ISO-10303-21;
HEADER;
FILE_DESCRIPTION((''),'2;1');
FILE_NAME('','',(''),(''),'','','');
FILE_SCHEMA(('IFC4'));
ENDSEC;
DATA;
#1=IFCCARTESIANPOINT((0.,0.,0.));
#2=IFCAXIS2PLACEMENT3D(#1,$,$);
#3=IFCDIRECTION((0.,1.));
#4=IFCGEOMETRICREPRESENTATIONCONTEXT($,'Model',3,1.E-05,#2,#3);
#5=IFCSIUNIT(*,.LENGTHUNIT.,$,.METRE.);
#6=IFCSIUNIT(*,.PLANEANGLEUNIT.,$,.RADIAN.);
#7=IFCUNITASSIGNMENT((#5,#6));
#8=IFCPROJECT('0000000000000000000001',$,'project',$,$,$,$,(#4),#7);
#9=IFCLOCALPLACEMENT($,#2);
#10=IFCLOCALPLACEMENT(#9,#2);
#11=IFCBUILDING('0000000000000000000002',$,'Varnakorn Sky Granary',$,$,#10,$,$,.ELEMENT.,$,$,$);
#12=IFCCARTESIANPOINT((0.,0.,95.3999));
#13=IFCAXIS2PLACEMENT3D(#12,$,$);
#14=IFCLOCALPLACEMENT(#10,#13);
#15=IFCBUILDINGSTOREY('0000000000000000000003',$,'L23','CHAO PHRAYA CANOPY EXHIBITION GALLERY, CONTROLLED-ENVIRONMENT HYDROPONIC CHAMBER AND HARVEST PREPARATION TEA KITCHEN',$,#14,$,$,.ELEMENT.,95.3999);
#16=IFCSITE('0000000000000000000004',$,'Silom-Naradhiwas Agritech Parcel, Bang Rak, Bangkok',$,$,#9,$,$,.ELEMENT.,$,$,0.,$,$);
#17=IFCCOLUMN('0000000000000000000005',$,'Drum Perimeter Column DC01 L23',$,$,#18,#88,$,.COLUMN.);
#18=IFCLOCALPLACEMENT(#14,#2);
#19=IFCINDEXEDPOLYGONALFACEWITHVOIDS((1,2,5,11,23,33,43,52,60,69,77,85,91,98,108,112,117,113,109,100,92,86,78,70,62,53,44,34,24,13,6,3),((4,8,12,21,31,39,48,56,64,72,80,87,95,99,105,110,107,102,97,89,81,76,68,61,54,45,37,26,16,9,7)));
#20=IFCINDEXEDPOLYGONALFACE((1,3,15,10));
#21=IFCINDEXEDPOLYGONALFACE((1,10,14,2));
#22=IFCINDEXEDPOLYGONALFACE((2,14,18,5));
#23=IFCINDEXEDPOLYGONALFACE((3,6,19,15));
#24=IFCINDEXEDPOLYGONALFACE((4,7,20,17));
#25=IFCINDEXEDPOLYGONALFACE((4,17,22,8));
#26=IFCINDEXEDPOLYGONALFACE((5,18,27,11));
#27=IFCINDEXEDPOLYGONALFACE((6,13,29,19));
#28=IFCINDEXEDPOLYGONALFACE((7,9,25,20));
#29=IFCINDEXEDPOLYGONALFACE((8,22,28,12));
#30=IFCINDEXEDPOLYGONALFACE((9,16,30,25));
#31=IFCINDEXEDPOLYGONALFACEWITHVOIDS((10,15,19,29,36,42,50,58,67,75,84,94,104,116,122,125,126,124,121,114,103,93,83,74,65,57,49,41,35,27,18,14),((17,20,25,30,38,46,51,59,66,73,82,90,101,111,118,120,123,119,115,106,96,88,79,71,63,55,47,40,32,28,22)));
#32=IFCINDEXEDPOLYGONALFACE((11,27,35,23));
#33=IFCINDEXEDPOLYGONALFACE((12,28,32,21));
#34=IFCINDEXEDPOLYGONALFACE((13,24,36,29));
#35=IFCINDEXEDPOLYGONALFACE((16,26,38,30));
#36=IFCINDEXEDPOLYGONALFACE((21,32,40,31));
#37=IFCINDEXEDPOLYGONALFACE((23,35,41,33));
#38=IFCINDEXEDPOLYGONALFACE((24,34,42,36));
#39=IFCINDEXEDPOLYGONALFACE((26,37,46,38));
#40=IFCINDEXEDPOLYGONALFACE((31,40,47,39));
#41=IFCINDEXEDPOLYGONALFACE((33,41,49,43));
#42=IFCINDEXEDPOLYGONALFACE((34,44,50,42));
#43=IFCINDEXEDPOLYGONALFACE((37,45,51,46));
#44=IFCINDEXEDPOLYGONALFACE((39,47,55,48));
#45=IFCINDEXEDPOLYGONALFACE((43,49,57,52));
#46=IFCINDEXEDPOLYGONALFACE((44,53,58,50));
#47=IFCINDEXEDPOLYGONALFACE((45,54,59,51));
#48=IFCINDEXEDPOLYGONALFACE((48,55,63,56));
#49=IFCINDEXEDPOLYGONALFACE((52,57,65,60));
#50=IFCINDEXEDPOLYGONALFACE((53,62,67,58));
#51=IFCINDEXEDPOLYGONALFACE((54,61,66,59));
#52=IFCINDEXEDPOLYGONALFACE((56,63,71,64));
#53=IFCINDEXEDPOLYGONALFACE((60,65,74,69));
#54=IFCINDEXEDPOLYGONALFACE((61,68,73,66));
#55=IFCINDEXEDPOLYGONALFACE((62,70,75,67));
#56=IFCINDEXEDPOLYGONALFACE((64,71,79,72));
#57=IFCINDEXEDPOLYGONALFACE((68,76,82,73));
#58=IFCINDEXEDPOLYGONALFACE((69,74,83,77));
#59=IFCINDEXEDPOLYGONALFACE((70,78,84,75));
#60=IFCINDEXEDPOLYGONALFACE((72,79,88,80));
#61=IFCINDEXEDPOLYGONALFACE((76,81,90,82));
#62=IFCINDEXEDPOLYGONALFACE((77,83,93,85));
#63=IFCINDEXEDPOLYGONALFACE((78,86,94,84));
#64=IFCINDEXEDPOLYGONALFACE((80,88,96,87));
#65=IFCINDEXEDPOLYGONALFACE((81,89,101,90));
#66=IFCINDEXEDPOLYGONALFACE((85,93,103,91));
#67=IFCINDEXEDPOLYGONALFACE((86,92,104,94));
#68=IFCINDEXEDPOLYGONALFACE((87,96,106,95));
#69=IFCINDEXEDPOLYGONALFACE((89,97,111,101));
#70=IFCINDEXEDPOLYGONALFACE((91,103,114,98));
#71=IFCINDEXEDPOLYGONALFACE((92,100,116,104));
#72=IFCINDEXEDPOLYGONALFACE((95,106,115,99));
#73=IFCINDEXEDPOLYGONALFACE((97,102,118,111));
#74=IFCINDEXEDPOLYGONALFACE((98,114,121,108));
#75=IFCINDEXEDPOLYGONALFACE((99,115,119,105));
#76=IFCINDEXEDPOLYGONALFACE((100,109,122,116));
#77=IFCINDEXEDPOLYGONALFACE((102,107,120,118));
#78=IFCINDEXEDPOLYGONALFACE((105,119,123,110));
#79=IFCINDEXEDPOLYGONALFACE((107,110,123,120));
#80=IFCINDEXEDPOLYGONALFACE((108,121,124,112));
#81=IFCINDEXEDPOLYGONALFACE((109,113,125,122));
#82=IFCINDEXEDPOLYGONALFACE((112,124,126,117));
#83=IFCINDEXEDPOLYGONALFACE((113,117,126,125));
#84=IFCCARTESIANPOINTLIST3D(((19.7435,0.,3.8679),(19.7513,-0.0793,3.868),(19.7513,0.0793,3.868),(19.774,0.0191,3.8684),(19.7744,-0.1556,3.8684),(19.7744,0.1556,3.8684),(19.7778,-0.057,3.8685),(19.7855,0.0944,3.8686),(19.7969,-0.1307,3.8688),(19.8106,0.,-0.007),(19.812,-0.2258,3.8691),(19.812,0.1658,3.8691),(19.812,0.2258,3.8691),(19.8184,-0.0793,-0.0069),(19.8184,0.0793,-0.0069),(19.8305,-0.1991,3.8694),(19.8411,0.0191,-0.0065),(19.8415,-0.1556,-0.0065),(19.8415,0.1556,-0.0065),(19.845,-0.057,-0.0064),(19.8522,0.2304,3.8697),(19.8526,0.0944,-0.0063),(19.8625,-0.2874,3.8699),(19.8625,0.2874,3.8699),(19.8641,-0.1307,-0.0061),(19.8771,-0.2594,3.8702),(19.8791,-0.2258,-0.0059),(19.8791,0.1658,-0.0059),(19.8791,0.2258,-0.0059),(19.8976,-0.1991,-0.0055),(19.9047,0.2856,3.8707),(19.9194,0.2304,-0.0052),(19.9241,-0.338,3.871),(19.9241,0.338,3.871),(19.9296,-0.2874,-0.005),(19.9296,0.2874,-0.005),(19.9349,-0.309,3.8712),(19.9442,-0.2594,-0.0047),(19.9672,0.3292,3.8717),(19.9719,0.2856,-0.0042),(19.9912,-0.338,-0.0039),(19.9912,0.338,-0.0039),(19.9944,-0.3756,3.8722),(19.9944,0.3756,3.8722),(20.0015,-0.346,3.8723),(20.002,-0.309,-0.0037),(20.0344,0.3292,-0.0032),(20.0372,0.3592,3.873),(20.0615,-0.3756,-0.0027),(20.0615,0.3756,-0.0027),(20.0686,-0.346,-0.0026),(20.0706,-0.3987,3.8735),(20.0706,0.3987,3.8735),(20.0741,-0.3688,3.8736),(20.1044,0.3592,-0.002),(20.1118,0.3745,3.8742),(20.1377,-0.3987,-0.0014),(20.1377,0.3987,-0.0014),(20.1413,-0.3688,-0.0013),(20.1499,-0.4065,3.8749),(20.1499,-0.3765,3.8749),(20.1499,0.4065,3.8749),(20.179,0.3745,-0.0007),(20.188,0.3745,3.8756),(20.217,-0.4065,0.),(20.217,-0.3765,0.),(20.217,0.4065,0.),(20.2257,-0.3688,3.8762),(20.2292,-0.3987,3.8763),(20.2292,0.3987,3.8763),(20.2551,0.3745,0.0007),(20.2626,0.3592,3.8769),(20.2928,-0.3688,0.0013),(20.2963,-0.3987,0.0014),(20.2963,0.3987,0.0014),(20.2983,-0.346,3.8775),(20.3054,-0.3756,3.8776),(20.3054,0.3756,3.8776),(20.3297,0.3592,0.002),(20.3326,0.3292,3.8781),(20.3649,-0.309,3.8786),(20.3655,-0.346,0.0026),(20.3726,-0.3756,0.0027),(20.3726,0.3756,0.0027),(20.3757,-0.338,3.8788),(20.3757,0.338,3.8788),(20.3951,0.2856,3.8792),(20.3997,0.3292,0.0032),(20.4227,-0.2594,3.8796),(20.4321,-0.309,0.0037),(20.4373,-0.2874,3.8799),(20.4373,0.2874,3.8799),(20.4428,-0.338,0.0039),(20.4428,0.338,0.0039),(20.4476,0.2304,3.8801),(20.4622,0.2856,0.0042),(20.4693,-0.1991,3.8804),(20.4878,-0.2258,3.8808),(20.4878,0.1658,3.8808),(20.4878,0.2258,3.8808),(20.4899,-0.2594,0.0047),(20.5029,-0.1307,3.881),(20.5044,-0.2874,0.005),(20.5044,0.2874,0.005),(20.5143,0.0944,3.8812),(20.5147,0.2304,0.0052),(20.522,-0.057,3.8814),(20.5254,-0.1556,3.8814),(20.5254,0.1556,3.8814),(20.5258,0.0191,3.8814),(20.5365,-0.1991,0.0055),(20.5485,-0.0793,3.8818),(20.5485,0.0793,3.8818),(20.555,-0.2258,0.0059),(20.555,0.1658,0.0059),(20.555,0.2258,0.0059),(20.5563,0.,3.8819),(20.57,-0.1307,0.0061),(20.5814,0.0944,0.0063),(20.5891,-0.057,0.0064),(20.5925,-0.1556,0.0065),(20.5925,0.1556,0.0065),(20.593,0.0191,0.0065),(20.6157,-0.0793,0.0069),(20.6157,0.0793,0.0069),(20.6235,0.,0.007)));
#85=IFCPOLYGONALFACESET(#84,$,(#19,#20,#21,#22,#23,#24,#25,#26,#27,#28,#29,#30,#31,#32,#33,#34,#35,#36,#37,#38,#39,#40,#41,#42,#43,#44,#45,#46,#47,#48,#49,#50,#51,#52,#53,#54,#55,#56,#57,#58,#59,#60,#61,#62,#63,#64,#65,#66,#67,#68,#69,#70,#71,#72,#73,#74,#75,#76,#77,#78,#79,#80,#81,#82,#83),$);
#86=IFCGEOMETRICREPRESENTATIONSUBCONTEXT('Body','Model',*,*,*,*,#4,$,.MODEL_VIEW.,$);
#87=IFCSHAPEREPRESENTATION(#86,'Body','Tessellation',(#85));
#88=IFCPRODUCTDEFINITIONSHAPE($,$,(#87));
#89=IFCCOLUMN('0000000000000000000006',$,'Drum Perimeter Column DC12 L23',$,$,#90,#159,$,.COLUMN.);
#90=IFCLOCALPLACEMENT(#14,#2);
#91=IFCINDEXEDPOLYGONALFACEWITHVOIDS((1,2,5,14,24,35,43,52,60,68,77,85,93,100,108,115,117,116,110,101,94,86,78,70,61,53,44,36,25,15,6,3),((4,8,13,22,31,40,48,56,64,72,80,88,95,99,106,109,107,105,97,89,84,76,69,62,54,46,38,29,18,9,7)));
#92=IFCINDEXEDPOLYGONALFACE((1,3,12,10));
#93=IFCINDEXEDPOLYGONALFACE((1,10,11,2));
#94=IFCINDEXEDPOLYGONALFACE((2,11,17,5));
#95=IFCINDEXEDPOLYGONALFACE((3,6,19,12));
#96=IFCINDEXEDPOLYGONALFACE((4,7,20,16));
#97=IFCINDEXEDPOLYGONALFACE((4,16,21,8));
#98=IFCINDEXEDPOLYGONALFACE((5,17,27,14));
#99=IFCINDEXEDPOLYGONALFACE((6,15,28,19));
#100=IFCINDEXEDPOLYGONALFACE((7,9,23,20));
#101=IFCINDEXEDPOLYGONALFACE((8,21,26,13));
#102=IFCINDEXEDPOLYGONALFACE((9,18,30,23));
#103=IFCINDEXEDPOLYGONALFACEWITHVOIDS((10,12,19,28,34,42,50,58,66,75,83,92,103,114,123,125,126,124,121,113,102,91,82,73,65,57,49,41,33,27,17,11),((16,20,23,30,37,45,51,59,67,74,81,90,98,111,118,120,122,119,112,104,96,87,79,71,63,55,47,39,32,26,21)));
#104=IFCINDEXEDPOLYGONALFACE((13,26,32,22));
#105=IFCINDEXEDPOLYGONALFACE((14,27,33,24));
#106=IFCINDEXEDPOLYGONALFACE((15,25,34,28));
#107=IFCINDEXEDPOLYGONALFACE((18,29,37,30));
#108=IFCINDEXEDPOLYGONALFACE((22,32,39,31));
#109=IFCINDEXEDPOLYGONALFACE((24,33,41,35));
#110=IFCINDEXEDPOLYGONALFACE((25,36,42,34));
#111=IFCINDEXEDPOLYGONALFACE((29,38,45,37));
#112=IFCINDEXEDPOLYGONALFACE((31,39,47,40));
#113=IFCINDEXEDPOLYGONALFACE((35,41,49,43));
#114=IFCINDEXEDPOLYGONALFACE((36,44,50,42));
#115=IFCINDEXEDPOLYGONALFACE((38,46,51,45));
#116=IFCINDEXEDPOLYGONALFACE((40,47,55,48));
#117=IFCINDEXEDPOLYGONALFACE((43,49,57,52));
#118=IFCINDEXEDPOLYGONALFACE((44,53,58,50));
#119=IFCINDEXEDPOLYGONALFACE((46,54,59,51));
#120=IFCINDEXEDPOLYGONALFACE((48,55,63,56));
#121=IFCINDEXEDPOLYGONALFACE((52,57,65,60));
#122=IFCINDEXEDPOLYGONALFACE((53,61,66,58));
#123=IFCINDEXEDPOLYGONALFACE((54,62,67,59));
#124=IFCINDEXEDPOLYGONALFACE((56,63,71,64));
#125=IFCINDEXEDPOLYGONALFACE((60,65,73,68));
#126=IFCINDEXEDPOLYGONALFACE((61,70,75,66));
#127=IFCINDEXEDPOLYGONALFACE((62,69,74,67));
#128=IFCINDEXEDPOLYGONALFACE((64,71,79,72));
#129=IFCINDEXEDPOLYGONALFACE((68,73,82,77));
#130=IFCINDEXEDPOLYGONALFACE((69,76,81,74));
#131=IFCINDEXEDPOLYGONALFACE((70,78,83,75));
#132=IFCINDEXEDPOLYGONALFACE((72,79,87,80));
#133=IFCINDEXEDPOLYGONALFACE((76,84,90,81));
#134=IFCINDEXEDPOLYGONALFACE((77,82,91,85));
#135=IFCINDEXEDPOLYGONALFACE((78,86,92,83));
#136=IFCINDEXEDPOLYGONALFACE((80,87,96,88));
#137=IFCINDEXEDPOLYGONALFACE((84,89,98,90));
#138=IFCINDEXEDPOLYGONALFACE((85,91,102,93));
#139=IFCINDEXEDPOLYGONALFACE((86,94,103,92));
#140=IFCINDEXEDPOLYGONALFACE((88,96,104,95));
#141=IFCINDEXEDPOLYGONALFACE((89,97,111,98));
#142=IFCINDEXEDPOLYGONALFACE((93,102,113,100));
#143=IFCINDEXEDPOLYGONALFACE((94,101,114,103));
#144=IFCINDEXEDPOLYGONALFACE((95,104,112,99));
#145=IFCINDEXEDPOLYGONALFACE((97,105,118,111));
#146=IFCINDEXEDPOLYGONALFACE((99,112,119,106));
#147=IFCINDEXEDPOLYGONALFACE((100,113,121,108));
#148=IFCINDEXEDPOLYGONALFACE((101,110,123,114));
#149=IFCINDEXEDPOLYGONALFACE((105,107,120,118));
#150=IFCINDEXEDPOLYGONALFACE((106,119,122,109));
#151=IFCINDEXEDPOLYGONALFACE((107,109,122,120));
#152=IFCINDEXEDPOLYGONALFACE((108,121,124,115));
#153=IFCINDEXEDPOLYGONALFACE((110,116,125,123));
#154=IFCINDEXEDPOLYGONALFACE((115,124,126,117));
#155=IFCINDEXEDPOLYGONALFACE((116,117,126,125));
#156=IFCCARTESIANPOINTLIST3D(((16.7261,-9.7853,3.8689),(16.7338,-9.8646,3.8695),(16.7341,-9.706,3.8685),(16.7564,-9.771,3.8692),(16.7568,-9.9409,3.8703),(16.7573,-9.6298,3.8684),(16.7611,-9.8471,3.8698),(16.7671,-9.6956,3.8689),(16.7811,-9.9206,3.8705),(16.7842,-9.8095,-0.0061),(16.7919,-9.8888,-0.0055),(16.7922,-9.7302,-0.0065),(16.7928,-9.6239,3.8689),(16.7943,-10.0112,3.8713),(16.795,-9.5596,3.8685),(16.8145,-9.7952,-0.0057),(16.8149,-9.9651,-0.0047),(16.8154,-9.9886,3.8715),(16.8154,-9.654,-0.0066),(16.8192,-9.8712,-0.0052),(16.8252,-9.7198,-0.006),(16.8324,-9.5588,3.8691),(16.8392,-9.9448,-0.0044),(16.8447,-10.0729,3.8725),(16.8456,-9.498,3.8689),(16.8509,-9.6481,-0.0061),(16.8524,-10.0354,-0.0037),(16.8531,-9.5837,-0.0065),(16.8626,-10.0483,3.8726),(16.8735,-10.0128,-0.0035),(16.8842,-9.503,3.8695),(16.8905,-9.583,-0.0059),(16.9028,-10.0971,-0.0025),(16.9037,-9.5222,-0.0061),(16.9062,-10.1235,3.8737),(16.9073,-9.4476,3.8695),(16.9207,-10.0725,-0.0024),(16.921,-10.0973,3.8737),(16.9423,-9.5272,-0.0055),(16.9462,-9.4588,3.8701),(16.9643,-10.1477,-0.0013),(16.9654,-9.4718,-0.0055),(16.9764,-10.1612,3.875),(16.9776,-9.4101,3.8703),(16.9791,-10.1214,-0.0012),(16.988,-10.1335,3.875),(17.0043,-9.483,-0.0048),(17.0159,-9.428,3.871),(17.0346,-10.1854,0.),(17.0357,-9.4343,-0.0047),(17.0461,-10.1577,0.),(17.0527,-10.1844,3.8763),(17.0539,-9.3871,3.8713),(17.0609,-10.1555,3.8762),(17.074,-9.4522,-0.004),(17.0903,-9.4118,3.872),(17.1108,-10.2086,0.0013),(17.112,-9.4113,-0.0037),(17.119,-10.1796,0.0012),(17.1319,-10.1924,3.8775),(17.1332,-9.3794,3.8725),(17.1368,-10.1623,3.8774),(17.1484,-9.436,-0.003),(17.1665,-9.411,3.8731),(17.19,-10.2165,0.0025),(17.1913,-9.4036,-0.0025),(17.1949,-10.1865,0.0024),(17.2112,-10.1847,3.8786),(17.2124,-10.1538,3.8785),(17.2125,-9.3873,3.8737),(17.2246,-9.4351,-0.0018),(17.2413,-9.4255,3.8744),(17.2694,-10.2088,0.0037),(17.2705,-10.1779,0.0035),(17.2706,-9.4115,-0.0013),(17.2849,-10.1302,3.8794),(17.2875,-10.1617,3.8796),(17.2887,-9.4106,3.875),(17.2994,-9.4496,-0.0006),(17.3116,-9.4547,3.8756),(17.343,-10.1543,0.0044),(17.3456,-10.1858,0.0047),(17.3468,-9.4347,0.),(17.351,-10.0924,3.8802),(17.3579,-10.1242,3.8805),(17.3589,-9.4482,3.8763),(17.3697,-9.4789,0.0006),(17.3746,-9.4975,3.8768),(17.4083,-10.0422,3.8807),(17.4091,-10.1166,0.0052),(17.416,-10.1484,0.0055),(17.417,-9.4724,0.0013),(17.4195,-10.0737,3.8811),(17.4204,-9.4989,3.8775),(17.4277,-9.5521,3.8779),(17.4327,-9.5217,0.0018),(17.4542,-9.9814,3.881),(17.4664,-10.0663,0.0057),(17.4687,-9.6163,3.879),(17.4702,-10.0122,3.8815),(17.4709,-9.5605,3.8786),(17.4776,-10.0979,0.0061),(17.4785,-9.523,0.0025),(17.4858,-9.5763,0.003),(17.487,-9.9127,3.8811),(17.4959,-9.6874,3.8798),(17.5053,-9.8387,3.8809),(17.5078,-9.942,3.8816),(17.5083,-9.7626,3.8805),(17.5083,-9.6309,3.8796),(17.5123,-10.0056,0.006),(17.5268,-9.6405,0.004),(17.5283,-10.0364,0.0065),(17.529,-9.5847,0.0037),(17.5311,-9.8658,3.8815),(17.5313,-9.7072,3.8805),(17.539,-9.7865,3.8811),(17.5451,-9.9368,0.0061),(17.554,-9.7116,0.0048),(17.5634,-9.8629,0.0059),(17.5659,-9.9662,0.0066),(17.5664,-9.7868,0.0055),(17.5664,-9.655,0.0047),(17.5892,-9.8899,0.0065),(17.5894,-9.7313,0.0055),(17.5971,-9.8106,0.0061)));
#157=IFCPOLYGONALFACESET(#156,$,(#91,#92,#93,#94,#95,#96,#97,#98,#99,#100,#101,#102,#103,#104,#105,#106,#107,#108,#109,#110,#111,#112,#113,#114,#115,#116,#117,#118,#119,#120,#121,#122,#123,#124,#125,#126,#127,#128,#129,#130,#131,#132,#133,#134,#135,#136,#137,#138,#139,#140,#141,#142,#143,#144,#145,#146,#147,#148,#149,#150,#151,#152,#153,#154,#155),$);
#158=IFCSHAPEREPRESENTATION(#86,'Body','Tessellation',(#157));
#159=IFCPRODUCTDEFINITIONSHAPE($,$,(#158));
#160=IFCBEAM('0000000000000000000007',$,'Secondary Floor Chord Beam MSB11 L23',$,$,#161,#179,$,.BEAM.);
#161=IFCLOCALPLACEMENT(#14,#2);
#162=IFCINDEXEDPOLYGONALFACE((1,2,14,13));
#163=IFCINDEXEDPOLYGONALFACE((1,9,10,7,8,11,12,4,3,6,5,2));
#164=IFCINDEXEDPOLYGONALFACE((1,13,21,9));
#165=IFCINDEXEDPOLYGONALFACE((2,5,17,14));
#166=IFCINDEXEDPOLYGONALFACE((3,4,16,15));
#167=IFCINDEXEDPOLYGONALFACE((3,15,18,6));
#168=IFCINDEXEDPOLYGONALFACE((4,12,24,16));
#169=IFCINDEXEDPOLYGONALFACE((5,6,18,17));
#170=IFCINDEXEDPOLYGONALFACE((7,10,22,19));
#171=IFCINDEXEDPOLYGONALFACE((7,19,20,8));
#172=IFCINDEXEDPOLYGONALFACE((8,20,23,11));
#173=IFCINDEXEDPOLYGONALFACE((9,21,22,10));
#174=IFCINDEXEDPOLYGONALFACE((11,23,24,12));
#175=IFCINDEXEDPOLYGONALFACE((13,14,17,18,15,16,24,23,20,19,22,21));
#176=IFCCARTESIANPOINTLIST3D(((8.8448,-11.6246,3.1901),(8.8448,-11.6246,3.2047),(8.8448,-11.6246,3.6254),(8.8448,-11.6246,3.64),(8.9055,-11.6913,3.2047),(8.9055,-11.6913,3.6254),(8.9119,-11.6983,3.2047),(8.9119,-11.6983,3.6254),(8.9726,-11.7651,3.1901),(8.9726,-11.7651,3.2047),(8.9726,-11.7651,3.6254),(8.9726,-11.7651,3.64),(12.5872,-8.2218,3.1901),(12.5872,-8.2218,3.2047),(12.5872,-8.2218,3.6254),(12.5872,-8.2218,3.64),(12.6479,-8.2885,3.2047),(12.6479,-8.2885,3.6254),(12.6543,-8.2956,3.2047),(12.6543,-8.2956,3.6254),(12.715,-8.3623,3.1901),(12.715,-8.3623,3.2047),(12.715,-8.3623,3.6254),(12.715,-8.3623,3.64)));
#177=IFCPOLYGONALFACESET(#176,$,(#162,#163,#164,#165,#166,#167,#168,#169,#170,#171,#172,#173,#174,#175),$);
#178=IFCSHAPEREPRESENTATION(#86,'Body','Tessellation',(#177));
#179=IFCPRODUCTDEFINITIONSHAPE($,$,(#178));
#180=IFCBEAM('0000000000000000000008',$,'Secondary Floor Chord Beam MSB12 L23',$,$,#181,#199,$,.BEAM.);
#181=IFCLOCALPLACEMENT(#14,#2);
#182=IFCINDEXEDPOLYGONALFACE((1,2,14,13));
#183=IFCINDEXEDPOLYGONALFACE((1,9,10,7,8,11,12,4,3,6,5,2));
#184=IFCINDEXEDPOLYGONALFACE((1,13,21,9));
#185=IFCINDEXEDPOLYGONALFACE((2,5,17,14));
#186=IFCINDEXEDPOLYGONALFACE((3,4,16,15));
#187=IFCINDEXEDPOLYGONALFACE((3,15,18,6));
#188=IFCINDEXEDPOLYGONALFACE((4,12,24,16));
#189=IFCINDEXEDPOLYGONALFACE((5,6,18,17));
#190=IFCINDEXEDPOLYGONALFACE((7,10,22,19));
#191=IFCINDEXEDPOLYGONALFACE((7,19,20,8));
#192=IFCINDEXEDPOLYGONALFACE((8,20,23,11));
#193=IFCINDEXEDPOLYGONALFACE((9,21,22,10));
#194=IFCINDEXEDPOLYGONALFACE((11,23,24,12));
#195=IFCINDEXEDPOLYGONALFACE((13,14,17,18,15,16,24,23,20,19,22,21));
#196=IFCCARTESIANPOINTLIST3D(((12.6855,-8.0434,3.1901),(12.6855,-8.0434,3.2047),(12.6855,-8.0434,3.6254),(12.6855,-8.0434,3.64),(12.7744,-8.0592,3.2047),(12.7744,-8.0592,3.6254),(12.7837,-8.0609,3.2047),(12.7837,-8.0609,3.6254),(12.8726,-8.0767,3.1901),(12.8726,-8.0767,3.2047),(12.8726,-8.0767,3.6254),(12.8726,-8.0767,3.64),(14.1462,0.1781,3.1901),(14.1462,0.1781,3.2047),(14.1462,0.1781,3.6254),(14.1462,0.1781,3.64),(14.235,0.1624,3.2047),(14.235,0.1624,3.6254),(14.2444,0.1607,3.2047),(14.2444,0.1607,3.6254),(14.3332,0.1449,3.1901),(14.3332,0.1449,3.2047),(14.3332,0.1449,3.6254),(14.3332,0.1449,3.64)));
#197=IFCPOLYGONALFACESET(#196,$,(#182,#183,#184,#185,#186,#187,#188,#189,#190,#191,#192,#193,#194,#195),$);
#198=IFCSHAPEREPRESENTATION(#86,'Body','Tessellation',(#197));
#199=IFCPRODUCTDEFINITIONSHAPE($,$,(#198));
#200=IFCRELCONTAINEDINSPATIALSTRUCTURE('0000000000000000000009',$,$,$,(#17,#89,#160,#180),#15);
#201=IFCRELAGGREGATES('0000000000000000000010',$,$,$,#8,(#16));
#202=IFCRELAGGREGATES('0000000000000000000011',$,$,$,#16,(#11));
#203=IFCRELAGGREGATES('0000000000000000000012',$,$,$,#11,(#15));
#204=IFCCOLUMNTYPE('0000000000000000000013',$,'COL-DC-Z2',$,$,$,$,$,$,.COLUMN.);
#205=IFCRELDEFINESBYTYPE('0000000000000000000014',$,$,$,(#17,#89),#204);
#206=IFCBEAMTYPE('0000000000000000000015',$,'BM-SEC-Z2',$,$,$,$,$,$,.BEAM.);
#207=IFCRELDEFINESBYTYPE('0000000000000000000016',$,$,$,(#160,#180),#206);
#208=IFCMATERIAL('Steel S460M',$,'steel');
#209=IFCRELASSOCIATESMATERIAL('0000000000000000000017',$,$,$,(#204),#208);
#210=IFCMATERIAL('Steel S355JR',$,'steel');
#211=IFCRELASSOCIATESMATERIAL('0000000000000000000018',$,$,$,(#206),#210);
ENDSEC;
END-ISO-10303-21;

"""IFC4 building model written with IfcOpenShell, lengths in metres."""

from ifc_helpers import new_model, si_unit, direction, frame, origin, origin_2d, place, context, subcontext, project, spatial, hollow_circle, i_section, extrude, material, material_profile, profile_set, type_object, element, save


model = new_model("IFC4")

# Units and contexts
model_context = context("Model", 3, precision=1e-05, world=origin(), true_north=direction((0.0, 1.0)))
body_context = subcontext(model_context, "Body", "Model", "MODEL_VIEW")
ifc_project = project(units=[si_unit("LENGTHUNIT", "METRE"), si_unit("PLANEANGLEUNIT", "RADIAN")], contexts=[model_context])

# Site, building, storey
site_placement = place(None, origin())
site = spatial("IfcSite", under=ifc_project, at=site_placement, Name="Silom-Naradhiwas Agritech Parcel, Bang Rak, Bangkok", CompositionType="ELEMENT", RefElevation=0.0)
building_placement = place(site_placement, origin())
building = spatial("IfcBuilding", under=site, at=building_placement, Name="Varnakorn Sky Granary", CompositionType="ELEMENT")
storey_placement = place(building_placement, frame((0.0, 0.0, 95.3999)))
storey = spatial("IfcBuildingStorey", under=building, at=storey_placement, Name="L23", Description="CHAO PHRAYA CANOPY EXHIBITION GALLERY, CONTROLLED-ENVIRONMENT HYDROPONIC CHAMBER AND HARVEST PREPARATION TEA KITCHEN", CompositionType="ELEMENT", Elevation=95.3999)

# Columns
ifc_material_1 = material(Name="Steel S460M", Category="steel")
ifc_material_profile_1 = material_profile(ifc_material_1, hollow_circle(Radius=0.4065, WallThickness=0.03, at=origin_2d()), Name="CHS 813x30")
ifc_profile_set_1 = profile_set([ifc_material_profile_1], Name="Steel S460M")
column_type = type_object("IfcColumnType", Name="COL-DC-Z2", PredefinedType="COLUMN", material=ifc_profile_set_1)
for number, where, z_axis, x_axis, name in (
    (1, (20.217, 0.0, 0.0), (-0.017324, 0.0, 0.99985), (0.0, -1.0, 0.0), "Drum Perimeter Column DC01 L23"),
    (2, (17.1907, -9.8101, 0.0), (-0.014993, 0.006237, 0.999868), (-0.384064, -0.923306, 0.0), "Drum Perimeter Column DC12 L23"),
):
    element("IfcColumn", number, at=place(storey_placement, frame(where, z_axis=z_axis, x_axis=x_axis)), inside=storey, type_object=column_type, Name=name, PredefinedType="COLUMN", context=body_context, shape_type="SweptSolid", body=[
        extrude(hollow_circle(Radius=0.4065, WallThickness=0.03, at=origin_2d()), origin(), (0.0, 0.0, 1.0), 3.8755),
    ])

# Beams
ifc_material_2 = material(Name="Steel S355JR", Category="steel")
ifc_material_profile_2 = material_profile(ifc_material_2, i_section(OverallWidth=0.1899, OverallDepth=0.45, WebThickness=0.0095, FlangeThickness=0.0146, at=origin_2d()), Name="IPE 450")
ifc_profile_set_2 = profile_set([ifc_material_profile_2], Name="Steel S355JR")
beam_type_1 = type_object("IfcBeamType", Name="BM-SEC-Z2", PredefinedType="BEAM", material=ifc_profile_set_2)
beam_1_placement = place(storey_placement, frame((8.9087, -11.6948, 3.415), z_axis=(0.739879, 0.67274, 0.0), x_axis=(-0.67274, 0.739879, 0.0)))
element("IfcBeam", 3, at=beam_1_placement, inside=storey, type_object=beam_type_1, Name="Secondary Floor Chord Beam MSB11 L23", PredefinedType="BEAM", context=body_context, shape_type="SweptSolid", body=[
    extrude(i_section(OverallWidth=0.1899, OverallDepth=0.45, WebThickness=0.0095, FlangeThickness=0.0146, at=origin_2d()), origin(), (0.0, 0.0, 1.0), 5.0581),
])
beam_2_placement = place(storey_placement, frame((12.7791, -8.0601, 3.415), z_axis=(0.174924, 0.984582, 0.0), x_axis=(-0.984582, 0.174924, 0.0)))
element("IfcBeam", 4, at=beam_2_placement, inside=storey, type_object=beam_type_1, Name="Secondary Floor Chord Beam MSB12 L23", PredefinedType="BEAM", context=body_context, shape_type="SweptSolid", body=[
    extrude(i_section(OverallWidth=0.1899, OverallDepth=0.45, WebThickness=0.0095, FlangeThickness=0.0146, at=origin_2d()), origin(), (0.0, 0.0, 1.0), 8.3503),
])

save(model, "model.ifc")
